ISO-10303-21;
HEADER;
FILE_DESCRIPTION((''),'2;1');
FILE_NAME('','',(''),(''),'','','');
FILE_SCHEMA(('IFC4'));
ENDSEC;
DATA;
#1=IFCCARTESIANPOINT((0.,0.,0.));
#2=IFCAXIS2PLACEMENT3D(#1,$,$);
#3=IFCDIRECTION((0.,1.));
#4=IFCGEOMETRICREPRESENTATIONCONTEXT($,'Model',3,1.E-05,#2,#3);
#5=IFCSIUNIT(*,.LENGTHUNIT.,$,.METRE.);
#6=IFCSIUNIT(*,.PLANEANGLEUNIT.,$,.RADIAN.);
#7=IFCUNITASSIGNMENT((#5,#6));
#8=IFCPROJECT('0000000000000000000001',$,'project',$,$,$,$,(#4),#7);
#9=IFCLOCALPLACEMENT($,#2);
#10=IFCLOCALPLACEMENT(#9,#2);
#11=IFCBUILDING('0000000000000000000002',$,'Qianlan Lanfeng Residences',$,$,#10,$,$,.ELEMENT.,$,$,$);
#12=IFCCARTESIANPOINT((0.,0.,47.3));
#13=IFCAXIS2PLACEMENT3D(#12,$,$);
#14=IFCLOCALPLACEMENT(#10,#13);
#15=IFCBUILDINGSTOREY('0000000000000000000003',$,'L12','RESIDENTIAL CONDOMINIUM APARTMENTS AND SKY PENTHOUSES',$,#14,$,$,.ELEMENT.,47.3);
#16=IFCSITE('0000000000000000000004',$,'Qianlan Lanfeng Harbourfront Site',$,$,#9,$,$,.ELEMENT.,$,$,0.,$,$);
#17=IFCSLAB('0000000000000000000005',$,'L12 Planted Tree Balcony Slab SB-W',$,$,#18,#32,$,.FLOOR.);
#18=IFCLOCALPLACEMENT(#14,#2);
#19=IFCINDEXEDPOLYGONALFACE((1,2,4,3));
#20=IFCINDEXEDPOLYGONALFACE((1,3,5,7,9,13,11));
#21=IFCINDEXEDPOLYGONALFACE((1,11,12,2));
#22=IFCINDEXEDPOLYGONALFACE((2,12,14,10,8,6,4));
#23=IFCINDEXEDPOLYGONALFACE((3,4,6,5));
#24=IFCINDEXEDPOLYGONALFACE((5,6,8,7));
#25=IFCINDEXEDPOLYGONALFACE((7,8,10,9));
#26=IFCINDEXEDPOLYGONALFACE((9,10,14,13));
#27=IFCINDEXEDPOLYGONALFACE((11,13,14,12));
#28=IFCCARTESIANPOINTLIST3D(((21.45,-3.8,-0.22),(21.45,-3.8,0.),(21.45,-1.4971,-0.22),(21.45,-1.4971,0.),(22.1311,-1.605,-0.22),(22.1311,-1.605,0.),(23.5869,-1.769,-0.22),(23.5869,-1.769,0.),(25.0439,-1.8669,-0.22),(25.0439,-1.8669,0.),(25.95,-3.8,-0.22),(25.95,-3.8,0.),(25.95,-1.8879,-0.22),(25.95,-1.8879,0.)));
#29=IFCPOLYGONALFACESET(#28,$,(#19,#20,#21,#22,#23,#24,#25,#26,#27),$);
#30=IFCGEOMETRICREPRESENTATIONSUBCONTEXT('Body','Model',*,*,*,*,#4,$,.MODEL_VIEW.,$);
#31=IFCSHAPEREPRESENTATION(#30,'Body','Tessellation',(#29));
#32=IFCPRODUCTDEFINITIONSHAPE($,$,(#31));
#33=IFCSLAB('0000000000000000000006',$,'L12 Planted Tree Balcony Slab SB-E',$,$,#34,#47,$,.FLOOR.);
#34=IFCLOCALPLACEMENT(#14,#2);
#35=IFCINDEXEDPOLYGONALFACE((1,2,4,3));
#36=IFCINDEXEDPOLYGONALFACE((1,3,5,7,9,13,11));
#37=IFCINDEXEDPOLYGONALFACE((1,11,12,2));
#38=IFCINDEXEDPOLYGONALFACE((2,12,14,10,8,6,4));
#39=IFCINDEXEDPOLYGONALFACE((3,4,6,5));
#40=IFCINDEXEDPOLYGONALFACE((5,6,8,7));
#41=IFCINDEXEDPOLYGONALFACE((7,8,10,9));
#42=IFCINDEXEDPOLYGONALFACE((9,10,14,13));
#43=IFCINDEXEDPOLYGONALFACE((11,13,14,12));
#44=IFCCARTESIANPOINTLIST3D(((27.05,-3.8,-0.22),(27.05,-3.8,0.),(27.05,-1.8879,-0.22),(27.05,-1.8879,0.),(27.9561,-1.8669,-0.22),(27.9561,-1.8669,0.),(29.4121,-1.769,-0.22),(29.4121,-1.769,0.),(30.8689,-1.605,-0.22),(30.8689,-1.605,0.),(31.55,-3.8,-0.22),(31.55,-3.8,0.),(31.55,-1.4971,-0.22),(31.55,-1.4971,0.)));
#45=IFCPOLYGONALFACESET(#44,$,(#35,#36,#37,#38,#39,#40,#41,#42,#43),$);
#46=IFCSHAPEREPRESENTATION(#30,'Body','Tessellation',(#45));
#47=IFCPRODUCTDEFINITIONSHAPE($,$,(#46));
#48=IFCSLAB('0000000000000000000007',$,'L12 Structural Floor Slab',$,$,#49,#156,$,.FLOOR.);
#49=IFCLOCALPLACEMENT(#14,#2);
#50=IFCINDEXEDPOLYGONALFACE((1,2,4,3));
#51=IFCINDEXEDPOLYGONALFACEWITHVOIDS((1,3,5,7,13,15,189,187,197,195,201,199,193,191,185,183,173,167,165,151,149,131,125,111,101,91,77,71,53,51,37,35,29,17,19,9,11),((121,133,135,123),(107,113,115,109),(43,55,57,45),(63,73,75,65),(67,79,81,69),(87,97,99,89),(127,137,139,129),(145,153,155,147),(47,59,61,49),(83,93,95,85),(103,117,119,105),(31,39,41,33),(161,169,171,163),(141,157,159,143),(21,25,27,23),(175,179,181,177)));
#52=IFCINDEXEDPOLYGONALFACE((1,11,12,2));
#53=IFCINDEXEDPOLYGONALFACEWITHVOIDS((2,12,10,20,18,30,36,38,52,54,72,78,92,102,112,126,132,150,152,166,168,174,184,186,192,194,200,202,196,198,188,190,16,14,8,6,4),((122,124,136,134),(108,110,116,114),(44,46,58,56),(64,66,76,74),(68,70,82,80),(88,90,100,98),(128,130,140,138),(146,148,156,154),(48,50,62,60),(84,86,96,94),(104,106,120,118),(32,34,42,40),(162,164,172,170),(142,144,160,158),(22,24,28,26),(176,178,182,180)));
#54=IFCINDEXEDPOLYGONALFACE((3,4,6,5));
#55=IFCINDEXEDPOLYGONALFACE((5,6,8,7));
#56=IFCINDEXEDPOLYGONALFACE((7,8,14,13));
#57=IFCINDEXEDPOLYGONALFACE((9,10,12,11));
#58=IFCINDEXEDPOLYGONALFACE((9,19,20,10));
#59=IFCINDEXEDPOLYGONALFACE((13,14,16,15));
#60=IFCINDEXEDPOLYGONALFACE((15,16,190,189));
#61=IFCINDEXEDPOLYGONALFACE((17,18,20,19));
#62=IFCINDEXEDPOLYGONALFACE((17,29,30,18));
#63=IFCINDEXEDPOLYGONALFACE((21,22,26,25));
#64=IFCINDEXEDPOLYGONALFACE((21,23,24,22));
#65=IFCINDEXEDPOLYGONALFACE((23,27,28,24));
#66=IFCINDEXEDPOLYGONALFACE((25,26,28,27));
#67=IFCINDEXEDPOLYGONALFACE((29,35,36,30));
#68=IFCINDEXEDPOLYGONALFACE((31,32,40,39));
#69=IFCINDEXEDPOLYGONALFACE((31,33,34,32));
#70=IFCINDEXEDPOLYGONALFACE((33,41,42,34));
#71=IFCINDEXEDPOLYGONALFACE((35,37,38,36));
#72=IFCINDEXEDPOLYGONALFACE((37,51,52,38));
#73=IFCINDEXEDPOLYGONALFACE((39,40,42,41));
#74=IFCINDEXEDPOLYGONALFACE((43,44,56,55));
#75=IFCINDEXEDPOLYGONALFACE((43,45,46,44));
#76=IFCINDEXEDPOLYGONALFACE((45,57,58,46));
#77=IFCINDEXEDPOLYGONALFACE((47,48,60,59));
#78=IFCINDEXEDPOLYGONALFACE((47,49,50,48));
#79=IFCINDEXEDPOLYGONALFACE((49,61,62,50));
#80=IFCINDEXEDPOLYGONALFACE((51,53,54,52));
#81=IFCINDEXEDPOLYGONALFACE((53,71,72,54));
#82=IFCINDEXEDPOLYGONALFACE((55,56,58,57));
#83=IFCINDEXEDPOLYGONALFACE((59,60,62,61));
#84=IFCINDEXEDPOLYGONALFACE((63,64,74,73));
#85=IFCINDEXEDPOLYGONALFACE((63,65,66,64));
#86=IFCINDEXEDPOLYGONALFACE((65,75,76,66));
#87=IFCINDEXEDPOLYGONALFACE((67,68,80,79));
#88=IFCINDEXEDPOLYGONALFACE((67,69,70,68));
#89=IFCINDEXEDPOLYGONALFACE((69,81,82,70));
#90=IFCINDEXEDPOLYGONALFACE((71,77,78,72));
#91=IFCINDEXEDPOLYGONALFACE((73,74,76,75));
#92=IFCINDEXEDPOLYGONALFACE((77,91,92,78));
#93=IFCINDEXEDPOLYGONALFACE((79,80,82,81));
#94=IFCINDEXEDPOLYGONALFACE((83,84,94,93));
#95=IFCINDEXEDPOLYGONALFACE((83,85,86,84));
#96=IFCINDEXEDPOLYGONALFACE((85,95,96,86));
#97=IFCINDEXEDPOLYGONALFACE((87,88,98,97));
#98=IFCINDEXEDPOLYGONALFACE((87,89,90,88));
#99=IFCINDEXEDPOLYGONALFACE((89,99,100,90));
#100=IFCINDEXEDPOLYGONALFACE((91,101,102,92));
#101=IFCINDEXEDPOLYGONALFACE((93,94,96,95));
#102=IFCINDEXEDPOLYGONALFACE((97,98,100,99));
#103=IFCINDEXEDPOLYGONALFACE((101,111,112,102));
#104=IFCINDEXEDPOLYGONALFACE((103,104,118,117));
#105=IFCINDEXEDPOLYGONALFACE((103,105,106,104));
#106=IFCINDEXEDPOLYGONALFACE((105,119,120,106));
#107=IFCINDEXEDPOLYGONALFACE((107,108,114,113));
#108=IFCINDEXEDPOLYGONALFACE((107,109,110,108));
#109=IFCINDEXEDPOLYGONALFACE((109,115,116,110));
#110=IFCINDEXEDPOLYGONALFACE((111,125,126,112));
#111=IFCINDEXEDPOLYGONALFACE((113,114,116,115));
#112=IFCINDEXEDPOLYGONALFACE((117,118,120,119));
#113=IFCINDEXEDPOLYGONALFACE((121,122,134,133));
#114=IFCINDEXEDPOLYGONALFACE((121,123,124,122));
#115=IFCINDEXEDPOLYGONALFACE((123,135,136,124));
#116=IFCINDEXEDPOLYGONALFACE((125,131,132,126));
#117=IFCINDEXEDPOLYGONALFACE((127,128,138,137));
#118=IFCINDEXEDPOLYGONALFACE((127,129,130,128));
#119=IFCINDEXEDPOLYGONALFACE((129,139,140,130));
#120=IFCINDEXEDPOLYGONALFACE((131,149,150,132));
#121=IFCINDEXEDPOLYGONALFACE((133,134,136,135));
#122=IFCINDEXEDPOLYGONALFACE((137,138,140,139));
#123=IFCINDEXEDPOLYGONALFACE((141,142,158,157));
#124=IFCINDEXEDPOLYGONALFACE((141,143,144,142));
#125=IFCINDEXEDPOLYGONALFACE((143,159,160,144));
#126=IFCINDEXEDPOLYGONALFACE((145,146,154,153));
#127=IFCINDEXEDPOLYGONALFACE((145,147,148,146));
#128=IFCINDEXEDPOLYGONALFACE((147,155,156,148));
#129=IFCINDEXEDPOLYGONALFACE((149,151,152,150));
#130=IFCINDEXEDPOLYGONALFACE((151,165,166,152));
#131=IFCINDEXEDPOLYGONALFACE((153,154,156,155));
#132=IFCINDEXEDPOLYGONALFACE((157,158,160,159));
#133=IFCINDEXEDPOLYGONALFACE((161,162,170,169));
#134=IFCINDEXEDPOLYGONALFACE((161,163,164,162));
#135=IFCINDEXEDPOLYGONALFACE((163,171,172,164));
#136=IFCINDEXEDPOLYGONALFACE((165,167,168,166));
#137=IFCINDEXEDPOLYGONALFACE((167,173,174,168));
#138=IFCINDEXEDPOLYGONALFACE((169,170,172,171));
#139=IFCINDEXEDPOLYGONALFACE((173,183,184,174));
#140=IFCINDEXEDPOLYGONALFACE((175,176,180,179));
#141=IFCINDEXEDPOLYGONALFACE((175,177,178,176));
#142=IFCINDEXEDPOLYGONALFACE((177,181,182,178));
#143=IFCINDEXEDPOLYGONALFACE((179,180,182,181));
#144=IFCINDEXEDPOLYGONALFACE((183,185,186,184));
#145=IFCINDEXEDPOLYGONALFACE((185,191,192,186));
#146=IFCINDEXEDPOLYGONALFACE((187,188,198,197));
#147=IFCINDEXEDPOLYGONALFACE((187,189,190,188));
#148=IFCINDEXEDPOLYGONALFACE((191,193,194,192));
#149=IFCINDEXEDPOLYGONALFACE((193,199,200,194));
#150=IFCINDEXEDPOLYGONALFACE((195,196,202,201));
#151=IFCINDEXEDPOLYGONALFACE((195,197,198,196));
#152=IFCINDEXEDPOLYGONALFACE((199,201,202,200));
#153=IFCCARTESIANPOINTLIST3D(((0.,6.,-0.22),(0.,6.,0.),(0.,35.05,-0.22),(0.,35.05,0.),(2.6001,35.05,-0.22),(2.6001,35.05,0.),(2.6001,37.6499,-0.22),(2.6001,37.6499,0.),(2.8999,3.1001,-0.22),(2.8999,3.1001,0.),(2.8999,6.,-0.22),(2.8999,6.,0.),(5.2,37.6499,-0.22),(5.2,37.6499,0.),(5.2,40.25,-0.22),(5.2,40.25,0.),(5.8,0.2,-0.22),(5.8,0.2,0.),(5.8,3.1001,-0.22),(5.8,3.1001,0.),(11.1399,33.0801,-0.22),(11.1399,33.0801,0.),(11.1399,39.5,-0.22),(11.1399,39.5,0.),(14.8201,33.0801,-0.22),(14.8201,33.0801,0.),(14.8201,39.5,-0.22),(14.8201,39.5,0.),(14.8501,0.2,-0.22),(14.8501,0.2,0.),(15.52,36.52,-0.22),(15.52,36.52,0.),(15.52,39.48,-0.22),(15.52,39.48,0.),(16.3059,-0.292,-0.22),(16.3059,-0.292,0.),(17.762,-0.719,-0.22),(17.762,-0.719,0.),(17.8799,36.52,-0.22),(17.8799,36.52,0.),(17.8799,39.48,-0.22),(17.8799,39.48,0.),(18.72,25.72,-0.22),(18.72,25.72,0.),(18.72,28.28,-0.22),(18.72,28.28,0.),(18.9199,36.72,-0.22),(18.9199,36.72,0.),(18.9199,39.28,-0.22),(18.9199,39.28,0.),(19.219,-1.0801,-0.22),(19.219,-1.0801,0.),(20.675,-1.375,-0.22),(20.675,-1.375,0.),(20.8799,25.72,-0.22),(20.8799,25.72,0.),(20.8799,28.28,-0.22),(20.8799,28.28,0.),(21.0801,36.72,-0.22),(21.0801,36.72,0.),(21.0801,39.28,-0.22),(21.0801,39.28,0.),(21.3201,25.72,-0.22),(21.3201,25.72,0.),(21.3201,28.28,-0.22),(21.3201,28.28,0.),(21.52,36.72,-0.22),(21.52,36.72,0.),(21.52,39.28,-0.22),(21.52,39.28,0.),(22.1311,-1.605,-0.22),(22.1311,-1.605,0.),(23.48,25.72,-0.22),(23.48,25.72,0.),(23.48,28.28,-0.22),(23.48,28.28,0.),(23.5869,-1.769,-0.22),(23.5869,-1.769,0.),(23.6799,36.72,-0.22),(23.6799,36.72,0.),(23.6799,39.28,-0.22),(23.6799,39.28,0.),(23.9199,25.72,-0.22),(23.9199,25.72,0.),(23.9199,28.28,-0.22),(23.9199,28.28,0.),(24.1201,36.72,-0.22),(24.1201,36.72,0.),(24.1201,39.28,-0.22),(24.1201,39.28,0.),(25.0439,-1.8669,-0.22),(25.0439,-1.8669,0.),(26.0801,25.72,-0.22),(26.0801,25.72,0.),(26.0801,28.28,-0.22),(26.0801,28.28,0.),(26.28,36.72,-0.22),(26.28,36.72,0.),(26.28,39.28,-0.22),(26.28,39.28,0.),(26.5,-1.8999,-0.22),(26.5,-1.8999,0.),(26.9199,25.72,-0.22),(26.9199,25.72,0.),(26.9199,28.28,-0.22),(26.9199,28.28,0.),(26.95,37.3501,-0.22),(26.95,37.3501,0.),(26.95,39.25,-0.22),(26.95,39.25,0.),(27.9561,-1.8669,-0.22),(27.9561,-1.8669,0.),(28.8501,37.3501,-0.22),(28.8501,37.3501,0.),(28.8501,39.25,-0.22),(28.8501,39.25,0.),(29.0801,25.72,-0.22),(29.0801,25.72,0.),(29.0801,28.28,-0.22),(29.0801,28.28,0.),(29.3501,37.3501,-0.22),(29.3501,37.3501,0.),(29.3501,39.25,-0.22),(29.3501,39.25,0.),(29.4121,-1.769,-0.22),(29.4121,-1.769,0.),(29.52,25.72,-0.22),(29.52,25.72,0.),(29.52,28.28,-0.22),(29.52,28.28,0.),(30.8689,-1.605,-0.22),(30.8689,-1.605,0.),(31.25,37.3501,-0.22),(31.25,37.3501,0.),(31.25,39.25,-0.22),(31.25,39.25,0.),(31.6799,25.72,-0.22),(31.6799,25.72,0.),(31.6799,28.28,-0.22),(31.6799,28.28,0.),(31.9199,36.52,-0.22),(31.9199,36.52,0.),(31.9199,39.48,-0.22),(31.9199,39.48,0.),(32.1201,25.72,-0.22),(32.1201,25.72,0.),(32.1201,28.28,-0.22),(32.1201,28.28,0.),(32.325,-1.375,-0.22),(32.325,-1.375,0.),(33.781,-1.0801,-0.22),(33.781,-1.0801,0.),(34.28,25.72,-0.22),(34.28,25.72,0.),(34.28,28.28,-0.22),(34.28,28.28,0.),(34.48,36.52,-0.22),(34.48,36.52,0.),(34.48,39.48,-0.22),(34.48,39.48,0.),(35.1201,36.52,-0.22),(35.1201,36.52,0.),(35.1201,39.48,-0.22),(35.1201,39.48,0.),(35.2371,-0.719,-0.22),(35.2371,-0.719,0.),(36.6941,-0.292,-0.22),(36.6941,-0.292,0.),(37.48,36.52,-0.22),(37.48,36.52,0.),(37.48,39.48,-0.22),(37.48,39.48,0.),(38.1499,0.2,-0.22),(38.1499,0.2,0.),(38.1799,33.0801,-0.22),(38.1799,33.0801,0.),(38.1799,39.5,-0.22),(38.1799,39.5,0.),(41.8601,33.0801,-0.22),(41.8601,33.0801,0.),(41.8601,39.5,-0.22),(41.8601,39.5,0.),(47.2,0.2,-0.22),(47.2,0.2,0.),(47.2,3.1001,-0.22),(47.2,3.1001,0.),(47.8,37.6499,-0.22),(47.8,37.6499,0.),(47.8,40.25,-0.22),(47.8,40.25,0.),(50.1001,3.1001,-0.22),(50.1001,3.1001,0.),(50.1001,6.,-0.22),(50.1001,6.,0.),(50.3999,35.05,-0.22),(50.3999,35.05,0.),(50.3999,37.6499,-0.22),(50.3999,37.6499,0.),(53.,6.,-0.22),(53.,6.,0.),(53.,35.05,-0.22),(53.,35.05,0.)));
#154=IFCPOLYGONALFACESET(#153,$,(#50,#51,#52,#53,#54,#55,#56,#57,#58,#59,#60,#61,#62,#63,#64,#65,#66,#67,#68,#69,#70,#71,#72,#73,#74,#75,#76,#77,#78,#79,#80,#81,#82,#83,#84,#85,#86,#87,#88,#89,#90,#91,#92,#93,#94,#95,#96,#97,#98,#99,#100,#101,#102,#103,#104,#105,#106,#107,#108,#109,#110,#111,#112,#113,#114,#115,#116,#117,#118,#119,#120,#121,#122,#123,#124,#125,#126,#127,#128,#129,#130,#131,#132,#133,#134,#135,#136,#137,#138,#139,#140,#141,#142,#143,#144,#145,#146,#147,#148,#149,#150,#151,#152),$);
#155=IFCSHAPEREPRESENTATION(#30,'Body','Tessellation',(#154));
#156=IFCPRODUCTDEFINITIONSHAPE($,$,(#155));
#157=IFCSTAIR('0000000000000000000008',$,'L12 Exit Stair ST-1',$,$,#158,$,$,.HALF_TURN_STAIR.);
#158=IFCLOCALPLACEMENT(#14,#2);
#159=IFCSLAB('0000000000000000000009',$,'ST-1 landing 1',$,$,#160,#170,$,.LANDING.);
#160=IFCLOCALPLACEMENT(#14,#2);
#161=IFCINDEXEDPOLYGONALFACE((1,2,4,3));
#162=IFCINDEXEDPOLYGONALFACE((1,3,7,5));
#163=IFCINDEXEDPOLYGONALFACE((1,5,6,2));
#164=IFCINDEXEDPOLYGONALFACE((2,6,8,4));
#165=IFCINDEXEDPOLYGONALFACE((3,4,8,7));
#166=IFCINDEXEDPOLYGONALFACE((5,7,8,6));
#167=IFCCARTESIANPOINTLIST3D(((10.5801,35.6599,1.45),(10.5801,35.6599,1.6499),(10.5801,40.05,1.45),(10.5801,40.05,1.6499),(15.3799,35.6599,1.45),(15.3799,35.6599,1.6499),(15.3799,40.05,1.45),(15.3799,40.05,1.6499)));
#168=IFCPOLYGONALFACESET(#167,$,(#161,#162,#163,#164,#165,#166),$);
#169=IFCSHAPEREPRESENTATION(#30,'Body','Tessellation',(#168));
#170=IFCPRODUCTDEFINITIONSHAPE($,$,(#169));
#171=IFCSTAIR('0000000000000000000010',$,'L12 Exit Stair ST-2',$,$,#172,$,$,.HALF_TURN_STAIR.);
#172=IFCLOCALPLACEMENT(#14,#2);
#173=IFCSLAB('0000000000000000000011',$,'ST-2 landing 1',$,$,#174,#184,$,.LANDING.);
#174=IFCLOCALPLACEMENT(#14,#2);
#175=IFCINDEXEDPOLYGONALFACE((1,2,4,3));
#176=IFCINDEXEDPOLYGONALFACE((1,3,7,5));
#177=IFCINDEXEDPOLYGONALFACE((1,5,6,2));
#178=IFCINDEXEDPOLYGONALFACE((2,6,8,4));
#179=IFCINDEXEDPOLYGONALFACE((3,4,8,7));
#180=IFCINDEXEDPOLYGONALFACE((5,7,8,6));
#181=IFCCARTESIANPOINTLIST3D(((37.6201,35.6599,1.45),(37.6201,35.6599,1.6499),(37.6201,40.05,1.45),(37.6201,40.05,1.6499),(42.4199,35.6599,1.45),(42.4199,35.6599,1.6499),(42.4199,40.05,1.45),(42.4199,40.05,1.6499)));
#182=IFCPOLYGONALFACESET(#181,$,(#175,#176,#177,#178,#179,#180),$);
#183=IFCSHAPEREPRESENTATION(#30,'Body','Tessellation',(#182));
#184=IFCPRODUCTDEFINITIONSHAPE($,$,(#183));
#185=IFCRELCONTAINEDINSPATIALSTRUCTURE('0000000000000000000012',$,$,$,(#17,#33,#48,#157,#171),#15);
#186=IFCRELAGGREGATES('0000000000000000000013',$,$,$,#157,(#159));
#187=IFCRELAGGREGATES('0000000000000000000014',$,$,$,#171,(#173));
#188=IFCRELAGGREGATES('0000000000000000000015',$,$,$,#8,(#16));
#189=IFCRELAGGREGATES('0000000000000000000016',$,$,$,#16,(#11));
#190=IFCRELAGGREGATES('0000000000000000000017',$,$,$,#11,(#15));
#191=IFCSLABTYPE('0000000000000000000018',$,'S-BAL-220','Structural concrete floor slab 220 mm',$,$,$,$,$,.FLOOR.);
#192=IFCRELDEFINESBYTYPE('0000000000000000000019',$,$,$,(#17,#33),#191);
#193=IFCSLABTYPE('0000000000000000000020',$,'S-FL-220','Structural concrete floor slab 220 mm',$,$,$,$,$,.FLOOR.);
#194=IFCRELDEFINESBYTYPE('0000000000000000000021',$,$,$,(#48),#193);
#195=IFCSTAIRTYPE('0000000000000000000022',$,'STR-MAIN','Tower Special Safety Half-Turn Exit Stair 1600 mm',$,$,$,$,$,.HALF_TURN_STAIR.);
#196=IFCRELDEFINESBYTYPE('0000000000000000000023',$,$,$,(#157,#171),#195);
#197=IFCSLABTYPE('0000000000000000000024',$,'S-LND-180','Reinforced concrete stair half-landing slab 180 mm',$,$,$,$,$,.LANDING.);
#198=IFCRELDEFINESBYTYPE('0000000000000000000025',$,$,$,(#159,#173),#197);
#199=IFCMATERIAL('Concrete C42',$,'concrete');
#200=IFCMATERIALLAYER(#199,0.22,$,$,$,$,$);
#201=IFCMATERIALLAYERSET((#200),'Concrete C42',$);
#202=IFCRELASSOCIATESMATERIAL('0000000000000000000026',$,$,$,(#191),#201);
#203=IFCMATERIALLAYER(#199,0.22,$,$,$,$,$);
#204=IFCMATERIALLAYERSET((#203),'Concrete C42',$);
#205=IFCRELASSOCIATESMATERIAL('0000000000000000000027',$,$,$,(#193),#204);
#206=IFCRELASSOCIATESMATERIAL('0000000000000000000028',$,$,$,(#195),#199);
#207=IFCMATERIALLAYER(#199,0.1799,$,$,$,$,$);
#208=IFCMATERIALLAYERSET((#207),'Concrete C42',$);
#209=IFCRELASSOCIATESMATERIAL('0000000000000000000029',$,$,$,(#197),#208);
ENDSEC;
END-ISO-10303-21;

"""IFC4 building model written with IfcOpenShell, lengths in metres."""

from ifc_helpers import new_model, si_unit, direction, frame, origin, place, context, subcontext, project, spatial, polyline, outline, extrude, material, layer, layer_set, type_object, element, aggregate, save


model = new_model("IFC4")

# Units and contexts
model_context = context("Model", 3, precision=1e-05, world=origin(), true_north=direction((0.0, 1.0)))
body_context = subcontext(model_context, "Body", "Model", "MODEL_VIEW")
ifc_project = project(units=[si_unit("LENGTHUNIT", "METRE"), si_unit("PLANEANGLEUNIT", "RADIAN")], contexts=[model_context])

# Site, building, storey
site_placement = place(None, origin())
site = spatial("IfcSite", under=ifc_project, at=site_placement, Name="Qianlan Lanfeng Harbourfront Site", CompositionType="ELEMENT", RefElevation=0.0)
building_placement = place(site_placement, origin())
building = spatial("IfcBuilding", under=site, at=building_placement, Name="Qianlan Lanfeng Residences", CompositionType="ELEMENT")
storey_placement = place(building_placement, frame((0.0, 0.0, 47.3)))
storey = spatial("IfcBuildingStorey", under=building, at=storey_placement, Name="L12", Description="RESIDENTIAL CONDOMINIUM APARTMENTS AND SKY PENTHOUSES", CompositionType="ELEMENT", Elevation=47.3)

# Slabs
ifc_material_1 = material(Name="Concrete C42", Category="concrete")
ifc_layer_1 = layer(ifc_material_1, 0.22)
ifc_layer_set_1 = layer_set([ifc_layer_1], Name="Concrete C42")
slab_type_1 = type_object("IfcSlabType", Name="S-BAL-220", Description="Structural concrete floor slab 220 mm", PredefinedType="FLOOR", material=ifc_layer_set_1)
slab_1_placement = place(storey_placement, frame((0.0, 0.0, -0.22)))
element("IfcSlab", 1, at=slab_1_placement, inside=storey, type_object=slab_type_1, Name="L12 Planted Tree Balcony Slab SB-W", PredefinedType="FLOOR", context=body_context, shape_type="SweptSolid", body=[
    extrude(outline(polyline([(25.95, -1.8879), (25.0439, -1.8669), (23.5869, -1.769), (22.1311, -1.605), (21.45, -1.4971), (21.45, -3.8), (25.95, -3.8), (25.95, -1.8879)])), origin(), (0.0, 0.0, 1.0), 0.22),
])
slab_2_placement = place(storey_placement, frame((0.0, 0.0, -0.22)))
element("IfcSlab", 2, at=slab_2_placement, inside=storey, type_object=slab_type_1, Name="L12 Planted Tree Balcony Slab SB-E", PredefinedType="FLOOR", context=body_context, shape_type="SweptSolid", body=[
    extrude(outline(polyline([(31.55, -1.4971), (30.8689, -1.605), (29.4121, -1.769), (27.9561, -1.8669), (27.05, -1.8879), (27.05, -3.8), (31.55, -3.8), (31.55, -1.4971)])), origin(), (0.0, 0.0, 1.0), 0.22),
])
ifc_layer_2 = layer(ifc_material_1, 0.22)
ifc_layer_set_2 = layer_set([ifc_layer_2], Name="Concrete C42")
slab_type_2 = type_object("IfcSlabType", Name="S-FL-220", Description="Structural concrete floor slab 220 mm", PredefinedType="FLOOR", material=ifc_layer_set_2)
slab_3_placement = place(storey_placement, frame((0.0, 0.0, -0.22)))
element("IfcSlab", 3, at=slab_3_placement, inside=storey, type_object=slab_type_2, Name="L12 Structural Floor Slab", PredefinedType="FLOOR", context=body_context, shape_type="SweptSolid", body=[
    extrude(outline(polyline([(0.0, 6.0), (2.8999, 6.0), (2.8999, 3.1001), (5.8, 3.1001), (5.8, 0.2), (14.8501, 0.2), (16.3059, -0.292), (17.762, -0.719), (19.219, -1.0801), (20.675, -1.375), (22.1311, -1.605), (23.5869, -1.769), (25.0439, -1.8669), (26.5, -1.8999), (27.9561, -1.8669), (29.4121, -1.769), (30.8689, -1.605), (32.325, -1.375), (33.781, -1.0801), (35.2371, -0.719), (36.6941, -0.292), (38.1499, 0.2), (47.2, 0.2), (47.2, 3.1001), (50.1001, 3.1001), (50.1001, 6.0), (53.0, 6.0), (53.0, 35.05), (50.3999, 35.05), (50.3999, 37.6499), (47.8, 37.6499), (47.8, 40.25), (5.2, 40.25), (5.2, 37.6499), (2.6001, 37.6499), (2.6001, 35.05), (0.0, 35.05), (0.0, 6.0)]), holes=[polyline([(11.1399, 33.0801), (11.1399, 39.5), (14.8201, 39.5), (14.8201, 33.0801), (11.1399, 33.0801)]), polyline([(38.1799, 33.0801), (38.1799, 39.5), (41.8601, 39.5), (41.8601, 33.0801), (38.1799, 33.0801)]), polyline([(15.52, 36.52), (15.52, 39.48), (17.8799, 39.48), (17.8799, 36.52), (15.52, 36.52)]), polyline([(35.1201, 36.52), (35.1201, 39.48), (37.48, 39.48), (37.48, 36.52), (35.1201, 36.52)]), polyline([(31.9199, 36.52), (31.9199, 39.48), (34.48, 39.48), (34.48, 36.52), (31.9199, 36.52)]), polyline([(18.72, 25.72), (18.72, 28.28), (20.8799, 28.28), (20.8799, 25.72), (18.72, 25.72)]), polyline([(21.3201, 25.72), (21.3201, 28.28), (23.48, 28.28), (23.48, 25.72), (21.3201, 25.72)]), polyline([(23.9199, 25.72), (23.9199, 28.28), (26.0801, 28.28), (26.0801, 25.72), (23.9199, 25.72)]), polyline([(26.9199, 25.72), (26.9199, 28.28), (29.0801, 28.28), (29.0801, 25.72), (26.9199, 25.72)]), polyline([(29.52, 25.72), (29.52, 28.28), (31.6799, 28.28), (31.6799, 25.72), (29.52, 25.72)]), polyline([(32.1201, 25.72), (32.1201, 28.28), (34.28, 28.28), (34.28, 25.72), (32.1201, 25.72)]), polyline([(18.9199, 36.72), (18.9199, 39.28), (21.0801, 39.28), (21.0801, 36.72), (18.9199, 36.72)]), polyline([(21.52, 36.72), (21.52, 39.28), (23.6799, 39.28), (23.6799, 36.72), (21.52, 36.72)]), polyline([(24.1201, 36.72), (24.1201, 39.28), (26.28, 39.28), (26.28, 36.72), (24.1201, 36.72)]), polyline([(26.95, 37.3501), (26.95, 39.25), (28.8501, 39.25), (28.8501, 37.3501), (26.95, 37.3501)]), polyline([(29.3501, 37.3501), (29.3501, 39.25), (31.25, 39.25), (31.25, 37.3501), (29.3501, 37.3501)])]), origin(), (0.0, 0.0, 1.0), 0.22),
])

# Stairs, slabs
stair_type = type_object("IfcStairType", Name="STR-MAIN", Description="Tower Special Safety Half-Turn Exit Stair 1600 mm", PredefinedType="HALF_TURN_STAIR", material=ifc_material_1)
stair_1_placement = place(storey_placement, origin())
stair_1 = element("IfcStair", 4, at=stair_1_placement, inside=storey, type_object=stair_type, Name="L12 Exit Stair ST-1", PredefinedType="HALF_TURN_STAIR")
ifc_layer_3 = layer(ifc_material_1, 0.1799)
ifc_layer_set_3 = layer_set([ifc_layer_3], Name="Concrete C42")
slab_type_3 = type_object("IfcSlabType", Name="S-LND-180", Description="Reinforced concrete stair half-landing slab 180 mm", PredefinedType="LANDING", material=ifc_layer_set_3)
slab_4_placement = place(storey_placement, frame((0.0, 0.0, 1.45)))
slab_4 = element("IfcSlab", 5, at=slab_4_placement, type_object=slab_type_3, Name="ST-1 landing 1", PredefinedType="LANDING", context=body_context, shape_type="SweptSolid", body=[
    extrude(outline(polyline([(10.5801, 35.6599), (15.3799, 35.6599), (15.3799, 40.05), (10.5801, 40.05), (10.5801, 35.6599)])), origin(), (0.0, 0.0, 1.0), 0.2),
])
aggregate(stair_1, [slab_4])
stair_2_placement = place(storey_placement, origin())
stair_2 = element("IfcStair", 6, at=stair_2_placement, inside=storey, type_object=stair_type, Name="L12 Exit Stair ST-2", PredefinedType="HALF_TURN_STAIR")
slab_5_placement = place(storey_placement, frame((0.0, 0.0, 1.45)))
slab_5 = element("IfcSlab", 7, at=slab_5_placement, type_object=slab_type_3, Name="ST-2 landing 1", PredefinedType="LANDING", context=body_context, shape_type="SweptSolid", body=[
    extrude(outline(polyline([(37.6201, 35.6599), (42.4199, 35.6599), (42.4199, 40.05), (37.6201, 40.05), (37.6201, 35.6599)])), origin(), (0.0, 0.0, 1.0), 0.2),
])
aggregate(stair_2, [slab_5])

save(model, "model.ifc")
